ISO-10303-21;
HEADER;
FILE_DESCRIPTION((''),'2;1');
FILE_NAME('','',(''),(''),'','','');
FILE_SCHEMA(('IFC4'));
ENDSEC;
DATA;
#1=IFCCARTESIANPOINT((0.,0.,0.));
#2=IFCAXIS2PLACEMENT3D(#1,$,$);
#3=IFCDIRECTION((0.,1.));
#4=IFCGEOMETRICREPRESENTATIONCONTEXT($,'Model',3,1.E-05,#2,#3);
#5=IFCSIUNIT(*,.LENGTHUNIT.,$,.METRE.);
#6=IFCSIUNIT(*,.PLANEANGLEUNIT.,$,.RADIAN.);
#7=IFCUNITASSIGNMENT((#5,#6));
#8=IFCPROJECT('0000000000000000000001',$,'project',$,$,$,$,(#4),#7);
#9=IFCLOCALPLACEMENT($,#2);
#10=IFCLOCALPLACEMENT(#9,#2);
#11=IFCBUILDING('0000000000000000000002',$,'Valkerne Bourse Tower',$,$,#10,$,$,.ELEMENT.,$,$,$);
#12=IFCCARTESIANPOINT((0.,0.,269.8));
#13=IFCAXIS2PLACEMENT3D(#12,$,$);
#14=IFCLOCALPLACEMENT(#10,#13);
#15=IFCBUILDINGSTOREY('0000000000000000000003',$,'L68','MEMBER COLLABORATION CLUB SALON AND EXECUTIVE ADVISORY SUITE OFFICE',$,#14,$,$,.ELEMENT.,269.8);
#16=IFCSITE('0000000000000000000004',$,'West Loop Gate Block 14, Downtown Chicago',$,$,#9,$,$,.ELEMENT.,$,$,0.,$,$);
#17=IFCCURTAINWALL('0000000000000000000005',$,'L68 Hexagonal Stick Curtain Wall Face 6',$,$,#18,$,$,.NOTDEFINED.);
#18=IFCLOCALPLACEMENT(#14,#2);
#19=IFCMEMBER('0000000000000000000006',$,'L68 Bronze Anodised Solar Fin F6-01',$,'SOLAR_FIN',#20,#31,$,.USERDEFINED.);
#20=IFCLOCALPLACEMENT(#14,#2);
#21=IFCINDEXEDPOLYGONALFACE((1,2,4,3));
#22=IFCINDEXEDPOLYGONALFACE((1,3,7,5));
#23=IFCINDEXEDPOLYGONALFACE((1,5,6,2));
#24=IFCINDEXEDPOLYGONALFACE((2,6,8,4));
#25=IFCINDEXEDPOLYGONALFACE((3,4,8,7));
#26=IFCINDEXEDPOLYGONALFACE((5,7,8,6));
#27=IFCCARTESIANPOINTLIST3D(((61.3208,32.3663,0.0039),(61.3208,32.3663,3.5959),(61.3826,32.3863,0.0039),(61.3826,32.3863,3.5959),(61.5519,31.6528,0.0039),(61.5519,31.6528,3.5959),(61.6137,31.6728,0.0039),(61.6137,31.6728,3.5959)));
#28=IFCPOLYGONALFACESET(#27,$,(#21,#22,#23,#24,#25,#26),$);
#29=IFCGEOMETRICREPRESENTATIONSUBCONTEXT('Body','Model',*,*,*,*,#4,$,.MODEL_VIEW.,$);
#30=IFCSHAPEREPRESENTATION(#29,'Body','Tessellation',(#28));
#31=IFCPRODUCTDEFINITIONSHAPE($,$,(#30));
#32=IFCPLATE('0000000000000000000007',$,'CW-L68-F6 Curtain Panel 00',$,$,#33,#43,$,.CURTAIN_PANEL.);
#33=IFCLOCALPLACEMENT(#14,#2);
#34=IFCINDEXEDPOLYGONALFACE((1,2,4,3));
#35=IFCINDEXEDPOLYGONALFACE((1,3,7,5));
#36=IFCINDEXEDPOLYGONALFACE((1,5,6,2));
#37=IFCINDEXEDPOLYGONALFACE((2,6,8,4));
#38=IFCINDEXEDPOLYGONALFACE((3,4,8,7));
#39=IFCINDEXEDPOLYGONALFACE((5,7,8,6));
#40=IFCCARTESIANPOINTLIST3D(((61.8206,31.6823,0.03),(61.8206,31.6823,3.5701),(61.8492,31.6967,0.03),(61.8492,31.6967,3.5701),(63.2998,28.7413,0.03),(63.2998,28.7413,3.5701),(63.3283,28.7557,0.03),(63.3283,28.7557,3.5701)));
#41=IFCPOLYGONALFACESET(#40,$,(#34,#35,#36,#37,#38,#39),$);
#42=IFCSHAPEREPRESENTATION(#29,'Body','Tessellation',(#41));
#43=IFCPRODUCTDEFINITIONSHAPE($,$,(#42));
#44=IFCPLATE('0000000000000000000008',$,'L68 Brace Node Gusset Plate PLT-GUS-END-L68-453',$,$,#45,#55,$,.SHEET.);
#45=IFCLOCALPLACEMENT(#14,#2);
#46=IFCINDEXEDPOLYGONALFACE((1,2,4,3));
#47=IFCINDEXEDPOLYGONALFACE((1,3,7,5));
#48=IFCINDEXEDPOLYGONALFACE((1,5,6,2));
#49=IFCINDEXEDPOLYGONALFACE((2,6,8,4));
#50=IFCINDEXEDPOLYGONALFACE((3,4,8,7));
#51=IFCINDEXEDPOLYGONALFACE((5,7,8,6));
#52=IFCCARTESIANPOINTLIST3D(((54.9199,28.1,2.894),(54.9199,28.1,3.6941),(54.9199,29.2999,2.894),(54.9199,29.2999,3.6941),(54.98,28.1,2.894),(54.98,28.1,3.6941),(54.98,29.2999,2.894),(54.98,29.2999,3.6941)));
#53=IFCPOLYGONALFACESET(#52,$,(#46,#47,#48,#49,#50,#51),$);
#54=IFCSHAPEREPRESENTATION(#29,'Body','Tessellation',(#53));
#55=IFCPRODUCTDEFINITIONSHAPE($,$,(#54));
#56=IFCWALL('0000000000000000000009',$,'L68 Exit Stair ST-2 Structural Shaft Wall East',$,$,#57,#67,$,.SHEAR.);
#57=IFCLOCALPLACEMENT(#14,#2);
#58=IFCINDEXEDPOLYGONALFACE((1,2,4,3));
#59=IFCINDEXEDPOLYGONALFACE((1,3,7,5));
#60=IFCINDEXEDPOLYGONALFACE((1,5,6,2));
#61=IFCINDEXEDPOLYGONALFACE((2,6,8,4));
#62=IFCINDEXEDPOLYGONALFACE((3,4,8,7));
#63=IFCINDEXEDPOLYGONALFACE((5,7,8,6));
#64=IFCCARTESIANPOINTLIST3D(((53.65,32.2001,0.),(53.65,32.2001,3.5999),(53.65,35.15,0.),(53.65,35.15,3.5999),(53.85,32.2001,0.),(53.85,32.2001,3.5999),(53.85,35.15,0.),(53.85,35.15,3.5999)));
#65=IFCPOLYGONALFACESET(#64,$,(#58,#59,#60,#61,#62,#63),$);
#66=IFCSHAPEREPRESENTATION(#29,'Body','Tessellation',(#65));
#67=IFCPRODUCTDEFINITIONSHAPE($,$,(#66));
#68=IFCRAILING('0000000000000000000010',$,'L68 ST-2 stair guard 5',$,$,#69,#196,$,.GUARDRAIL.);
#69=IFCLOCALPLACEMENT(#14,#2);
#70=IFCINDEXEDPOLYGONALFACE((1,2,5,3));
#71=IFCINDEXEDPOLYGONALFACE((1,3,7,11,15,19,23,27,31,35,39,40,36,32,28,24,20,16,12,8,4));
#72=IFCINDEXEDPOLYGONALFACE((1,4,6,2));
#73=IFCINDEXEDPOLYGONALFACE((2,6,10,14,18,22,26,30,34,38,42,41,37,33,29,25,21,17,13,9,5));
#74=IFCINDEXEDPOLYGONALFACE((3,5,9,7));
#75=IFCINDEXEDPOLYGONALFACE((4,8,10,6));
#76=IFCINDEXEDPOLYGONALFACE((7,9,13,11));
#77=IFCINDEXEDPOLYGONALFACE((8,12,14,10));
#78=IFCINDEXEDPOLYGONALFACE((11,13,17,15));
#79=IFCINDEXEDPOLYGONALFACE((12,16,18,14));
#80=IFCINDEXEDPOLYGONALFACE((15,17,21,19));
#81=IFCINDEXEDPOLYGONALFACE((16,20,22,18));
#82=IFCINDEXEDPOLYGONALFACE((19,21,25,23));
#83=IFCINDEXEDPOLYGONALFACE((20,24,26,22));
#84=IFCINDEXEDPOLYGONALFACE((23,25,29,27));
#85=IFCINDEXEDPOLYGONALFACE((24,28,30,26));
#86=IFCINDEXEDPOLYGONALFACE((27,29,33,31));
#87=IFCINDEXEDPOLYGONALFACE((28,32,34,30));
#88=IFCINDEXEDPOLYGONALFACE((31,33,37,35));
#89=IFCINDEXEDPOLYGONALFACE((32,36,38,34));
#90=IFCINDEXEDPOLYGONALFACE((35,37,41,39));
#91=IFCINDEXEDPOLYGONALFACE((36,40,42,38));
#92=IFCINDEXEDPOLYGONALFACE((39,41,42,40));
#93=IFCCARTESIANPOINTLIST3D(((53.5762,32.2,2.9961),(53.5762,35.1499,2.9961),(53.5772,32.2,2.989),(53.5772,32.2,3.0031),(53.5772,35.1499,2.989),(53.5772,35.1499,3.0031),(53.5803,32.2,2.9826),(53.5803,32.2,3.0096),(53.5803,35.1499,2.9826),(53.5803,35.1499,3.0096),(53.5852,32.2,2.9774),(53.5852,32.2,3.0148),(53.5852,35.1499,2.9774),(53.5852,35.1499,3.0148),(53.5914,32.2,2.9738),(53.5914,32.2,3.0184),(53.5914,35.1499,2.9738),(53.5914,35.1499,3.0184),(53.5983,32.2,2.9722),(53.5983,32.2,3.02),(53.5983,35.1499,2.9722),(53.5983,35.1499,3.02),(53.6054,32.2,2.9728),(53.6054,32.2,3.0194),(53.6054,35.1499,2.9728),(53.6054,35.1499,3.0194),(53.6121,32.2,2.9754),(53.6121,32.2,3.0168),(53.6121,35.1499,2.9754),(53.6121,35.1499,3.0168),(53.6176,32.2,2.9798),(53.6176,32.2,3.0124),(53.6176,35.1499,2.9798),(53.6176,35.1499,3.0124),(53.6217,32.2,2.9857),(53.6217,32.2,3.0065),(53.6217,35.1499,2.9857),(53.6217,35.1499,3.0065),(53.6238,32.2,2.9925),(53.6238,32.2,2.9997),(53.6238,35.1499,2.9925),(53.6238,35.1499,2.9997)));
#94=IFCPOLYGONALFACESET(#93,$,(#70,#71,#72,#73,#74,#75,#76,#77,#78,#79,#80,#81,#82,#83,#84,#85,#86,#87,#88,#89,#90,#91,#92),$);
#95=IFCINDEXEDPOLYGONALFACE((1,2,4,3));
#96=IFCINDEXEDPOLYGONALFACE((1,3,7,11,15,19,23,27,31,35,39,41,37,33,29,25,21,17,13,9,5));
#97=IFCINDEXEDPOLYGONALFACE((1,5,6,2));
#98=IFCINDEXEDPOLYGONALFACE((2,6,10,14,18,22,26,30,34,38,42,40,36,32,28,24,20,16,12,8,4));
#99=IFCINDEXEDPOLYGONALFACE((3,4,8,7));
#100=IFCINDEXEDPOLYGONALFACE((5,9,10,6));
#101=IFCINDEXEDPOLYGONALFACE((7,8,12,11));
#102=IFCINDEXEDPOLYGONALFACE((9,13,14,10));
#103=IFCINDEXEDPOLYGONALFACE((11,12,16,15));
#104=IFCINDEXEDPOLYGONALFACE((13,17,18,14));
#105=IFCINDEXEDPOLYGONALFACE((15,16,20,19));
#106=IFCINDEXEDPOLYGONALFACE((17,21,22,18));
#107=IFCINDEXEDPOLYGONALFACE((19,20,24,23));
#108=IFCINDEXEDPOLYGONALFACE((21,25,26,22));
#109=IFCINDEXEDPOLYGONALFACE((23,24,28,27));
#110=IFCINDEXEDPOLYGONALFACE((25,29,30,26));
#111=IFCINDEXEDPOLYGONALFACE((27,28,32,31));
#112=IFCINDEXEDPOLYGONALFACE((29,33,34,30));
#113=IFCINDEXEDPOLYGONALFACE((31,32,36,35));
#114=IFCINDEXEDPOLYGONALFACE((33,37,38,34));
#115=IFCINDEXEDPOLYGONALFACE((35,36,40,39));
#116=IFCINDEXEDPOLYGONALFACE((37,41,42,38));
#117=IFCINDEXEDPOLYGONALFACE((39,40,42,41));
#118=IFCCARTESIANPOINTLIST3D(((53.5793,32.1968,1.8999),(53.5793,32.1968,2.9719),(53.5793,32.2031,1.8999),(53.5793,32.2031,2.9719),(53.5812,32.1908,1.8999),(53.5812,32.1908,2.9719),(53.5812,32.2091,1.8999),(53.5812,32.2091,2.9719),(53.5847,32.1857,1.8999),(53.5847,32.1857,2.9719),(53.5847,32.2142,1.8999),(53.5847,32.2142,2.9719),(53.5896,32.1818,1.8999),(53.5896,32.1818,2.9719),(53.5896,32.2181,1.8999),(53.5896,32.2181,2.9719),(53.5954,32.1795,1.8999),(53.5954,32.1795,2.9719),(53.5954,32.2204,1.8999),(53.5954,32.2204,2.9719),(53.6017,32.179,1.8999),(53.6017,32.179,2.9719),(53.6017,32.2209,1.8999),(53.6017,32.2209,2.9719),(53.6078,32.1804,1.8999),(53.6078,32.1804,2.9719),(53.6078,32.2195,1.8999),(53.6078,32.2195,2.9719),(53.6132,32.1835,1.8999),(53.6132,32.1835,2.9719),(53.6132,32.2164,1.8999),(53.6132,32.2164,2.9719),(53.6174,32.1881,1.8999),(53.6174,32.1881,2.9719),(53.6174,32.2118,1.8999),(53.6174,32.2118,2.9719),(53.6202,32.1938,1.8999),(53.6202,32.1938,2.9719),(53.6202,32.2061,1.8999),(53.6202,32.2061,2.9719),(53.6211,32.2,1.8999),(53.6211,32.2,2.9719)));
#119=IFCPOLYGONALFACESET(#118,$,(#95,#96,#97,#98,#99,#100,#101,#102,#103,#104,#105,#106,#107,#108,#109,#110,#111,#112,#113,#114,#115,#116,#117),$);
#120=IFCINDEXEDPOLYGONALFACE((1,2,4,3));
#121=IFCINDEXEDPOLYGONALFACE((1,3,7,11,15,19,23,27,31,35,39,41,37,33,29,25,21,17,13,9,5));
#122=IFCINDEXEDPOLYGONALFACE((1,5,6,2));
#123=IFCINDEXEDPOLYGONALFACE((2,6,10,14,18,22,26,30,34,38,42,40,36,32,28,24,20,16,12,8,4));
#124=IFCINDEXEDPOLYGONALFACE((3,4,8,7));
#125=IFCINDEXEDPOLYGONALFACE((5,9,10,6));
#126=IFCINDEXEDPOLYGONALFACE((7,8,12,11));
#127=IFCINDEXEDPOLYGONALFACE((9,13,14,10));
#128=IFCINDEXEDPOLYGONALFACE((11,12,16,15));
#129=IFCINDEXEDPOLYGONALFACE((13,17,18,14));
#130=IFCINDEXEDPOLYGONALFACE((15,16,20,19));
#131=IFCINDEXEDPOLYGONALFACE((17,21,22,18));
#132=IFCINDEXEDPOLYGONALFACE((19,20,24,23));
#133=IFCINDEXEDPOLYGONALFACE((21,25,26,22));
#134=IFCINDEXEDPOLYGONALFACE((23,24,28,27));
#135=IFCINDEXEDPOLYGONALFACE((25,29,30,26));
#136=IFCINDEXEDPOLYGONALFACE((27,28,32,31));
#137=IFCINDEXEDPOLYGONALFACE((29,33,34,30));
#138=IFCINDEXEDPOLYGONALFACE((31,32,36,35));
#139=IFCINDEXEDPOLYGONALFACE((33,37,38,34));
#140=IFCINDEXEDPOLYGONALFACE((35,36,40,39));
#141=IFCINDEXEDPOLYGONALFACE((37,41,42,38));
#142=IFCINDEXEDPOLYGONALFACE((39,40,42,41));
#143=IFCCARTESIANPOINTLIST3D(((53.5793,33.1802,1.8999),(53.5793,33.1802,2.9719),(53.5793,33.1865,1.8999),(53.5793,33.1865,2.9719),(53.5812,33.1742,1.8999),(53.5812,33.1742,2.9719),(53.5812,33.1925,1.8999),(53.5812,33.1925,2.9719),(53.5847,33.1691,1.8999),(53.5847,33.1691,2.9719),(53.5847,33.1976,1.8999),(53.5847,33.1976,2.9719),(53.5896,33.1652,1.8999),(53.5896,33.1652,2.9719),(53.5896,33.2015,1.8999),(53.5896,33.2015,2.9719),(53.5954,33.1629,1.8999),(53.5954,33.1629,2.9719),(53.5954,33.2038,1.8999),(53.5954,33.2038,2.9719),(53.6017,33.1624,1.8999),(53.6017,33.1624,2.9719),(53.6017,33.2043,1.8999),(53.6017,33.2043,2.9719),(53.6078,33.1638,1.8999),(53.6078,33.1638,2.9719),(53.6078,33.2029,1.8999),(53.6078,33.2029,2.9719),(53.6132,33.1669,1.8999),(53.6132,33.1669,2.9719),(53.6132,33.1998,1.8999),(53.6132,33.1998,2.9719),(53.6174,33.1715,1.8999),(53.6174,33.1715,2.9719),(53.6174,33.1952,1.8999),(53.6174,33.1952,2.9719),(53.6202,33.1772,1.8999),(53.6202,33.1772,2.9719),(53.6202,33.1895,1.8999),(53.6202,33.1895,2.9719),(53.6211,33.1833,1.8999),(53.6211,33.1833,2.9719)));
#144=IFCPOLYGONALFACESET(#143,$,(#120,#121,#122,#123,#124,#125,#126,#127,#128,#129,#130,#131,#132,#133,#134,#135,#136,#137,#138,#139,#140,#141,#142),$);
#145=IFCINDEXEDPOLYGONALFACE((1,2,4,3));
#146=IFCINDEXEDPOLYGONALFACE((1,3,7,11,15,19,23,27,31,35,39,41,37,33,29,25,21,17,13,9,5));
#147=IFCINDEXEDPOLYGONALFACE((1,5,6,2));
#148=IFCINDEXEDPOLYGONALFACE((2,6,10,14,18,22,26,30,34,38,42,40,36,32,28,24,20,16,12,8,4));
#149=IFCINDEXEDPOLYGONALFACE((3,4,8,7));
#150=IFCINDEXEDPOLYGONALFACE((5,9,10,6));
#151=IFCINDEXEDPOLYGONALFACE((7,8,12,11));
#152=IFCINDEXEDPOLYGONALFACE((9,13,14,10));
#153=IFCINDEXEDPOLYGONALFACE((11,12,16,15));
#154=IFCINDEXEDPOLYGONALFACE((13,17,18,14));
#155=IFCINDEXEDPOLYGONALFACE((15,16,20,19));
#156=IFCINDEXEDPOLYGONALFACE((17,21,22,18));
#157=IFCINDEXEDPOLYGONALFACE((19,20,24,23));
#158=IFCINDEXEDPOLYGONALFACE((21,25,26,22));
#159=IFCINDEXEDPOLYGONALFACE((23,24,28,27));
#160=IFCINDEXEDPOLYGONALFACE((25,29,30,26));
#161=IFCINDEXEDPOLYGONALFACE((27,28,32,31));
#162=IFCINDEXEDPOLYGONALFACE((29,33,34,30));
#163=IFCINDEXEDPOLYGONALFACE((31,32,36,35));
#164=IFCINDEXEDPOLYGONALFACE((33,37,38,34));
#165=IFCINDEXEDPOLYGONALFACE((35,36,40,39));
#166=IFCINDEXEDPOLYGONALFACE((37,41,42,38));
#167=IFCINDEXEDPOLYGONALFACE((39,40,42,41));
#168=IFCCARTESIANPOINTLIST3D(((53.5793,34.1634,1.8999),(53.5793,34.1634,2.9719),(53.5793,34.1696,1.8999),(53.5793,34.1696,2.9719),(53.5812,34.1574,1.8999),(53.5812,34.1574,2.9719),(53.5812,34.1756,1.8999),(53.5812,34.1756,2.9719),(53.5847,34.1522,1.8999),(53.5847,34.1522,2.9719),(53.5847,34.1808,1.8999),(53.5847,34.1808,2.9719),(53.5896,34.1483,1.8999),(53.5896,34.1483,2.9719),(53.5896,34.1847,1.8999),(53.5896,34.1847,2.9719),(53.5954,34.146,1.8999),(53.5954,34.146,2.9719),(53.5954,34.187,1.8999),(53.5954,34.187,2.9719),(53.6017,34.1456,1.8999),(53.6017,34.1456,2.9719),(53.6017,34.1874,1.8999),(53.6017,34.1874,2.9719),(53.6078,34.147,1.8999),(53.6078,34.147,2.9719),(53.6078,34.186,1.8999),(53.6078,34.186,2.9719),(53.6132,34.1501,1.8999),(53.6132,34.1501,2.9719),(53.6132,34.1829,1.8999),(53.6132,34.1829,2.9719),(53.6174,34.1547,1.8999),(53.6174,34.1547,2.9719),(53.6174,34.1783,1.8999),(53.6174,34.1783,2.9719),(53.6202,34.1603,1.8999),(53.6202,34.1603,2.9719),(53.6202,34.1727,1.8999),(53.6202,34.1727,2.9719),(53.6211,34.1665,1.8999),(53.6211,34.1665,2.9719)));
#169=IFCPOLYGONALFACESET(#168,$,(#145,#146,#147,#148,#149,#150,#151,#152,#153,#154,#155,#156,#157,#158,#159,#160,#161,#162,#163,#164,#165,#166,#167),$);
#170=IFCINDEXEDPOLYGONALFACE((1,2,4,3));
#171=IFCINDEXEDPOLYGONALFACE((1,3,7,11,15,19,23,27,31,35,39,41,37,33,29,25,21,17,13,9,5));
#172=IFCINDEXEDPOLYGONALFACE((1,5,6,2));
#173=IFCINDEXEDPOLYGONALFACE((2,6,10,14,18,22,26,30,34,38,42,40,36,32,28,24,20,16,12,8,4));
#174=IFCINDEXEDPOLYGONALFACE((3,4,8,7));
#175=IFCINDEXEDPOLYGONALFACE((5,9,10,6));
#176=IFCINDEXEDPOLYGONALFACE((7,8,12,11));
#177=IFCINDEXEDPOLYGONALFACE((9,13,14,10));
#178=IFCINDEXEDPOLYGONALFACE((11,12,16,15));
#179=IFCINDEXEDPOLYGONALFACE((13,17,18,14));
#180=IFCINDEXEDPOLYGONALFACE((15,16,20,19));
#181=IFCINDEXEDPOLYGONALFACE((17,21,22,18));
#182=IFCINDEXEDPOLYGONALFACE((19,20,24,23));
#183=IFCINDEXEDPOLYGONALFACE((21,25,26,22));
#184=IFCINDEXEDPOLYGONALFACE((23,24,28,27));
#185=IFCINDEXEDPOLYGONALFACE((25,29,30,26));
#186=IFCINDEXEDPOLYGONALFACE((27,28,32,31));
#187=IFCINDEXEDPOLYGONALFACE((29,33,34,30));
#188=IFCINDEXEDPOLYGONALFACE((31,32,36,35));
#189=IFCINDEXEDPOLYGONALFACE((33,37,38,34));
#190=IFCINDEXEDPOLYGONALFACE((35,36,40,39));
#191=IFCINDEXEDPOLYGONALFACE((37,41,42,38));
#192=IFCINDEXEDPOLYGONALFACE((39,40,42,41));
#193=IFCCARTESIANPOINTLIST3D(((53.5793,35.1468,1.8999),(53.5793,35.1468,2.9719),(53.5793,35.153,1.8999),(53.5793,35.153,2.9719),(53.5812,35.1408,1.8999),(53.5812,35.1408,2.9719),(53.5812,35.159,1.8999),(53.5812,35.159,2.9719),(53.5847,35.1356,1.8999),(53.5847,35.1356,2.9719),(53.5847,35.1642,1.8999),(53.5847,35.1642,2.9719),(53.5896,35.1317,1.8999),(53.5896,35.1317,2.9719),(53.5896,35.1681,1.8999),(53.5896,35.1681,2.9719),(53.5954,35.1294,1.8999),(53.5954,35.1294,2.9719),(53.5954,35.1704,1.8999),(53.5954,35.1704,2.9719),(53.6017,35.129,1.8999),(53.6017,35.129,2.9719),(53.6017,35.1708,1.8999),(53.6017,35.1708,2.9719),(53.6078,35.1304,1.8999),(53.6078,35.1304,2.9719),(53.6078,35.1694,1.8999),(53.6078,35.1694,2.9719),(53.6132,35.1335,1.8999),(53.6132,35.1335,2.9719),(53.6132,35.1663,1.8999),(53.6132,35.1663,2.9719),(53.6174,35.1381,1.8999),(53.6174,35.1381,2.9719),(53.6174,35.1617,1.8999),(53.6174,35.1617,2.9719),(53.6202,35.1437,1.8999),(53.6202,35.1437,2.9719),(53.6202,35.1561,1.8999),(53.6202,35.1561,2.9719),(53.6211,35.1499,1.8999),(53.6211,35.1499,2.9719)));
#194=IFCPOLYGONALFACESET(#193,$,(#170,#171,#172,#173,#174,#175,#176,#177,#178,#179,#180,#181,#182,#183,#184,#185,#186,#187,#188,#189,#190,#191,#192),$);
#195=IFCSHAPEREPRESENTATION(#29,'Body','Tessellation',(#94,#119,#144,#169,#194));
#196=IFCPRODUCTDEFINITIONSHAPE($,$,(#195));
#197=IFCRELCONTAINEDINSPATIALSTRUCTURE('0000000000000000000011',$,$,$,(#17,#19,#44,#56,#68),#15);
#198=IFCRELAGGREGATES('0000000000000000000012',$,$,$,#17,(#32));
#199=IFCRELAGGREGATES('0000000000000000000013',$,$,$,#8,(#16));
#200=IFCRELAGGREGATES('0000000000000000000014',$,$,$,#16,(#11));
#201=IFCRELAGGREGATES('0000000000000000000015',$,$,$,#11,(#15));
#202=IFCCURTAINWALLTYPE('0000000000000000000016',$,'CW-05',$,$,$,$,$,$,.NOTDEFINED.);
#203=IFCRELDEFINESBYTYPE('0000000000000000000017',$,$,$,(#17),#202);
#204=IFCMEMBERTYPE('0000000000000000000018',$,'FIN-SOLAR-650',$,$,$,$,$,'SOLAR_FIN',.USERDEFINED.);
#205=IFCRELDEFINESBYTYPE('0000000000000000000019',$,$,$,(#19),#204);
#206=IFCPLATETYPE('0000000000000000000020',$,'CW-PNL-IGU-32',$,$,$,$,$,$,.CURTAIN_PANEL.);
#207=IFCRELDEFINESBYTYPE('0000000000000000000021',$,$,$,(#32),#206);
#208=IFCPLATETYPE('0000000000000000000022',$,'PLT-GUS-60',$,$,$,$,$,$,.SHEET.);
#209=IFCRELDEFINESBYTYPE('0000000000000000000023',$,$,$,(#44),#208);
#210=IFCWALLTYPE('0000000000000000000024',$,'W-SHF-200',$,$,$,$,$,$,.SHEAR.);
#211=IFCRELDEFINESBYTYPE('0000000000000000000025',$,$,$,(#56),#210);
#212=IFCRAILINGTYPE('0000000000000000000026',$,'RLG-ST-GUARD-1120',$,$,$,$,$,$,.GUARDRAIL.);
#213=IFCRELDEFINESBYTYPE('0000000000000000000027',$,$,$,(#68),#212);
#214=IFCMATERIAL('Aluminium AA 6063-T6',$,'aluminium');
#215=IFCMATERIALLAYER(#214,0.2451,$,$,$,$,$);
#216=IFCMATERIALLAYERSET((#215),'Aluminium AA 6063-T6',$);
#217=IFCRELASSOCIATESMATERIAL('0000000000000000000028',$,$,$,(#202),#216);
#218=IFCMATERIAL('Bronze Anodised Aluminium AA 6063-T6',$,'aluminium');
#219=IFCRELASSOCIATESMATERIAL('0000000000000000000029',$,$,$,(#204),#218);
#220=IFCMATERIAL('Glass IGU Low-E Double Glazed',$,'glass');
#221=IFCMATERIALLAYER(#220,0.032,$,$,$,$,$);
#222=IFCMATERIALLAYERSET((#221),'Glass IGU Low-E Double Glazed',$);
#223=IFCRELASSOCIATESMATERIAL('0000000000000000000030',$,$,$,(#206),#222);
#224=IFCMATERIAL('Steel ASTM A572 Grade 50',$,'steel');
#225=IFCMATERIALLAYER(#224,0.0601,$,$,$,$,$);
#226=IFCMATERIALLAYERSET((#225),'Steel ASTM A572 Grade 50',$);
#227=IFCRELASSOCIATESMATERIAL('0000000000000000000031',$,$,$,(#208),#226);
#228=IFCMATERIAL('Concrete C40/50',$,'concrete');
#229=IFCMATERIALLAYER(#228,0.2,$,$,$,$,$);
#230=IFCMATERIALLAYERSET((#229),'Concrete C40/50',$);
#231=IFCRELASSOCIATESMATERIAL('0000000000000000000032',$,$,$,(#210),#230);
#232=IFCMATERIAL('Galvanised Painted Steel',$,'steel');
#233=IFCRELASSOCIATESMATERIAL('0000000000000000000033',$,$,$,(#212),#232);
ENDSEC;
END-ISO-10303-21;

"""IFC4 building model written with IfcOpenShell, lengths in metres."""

from ifc_helpers import new_model, si_unit, direction, frame, frame_2d, origin, origin_2d, place, context, subcontext, project, spatial, rectangle, circle, extrude, material, layer, layer_set, material_profile, profile_set, type_object, element, aggregate, save


model = new_model("IFC4")

# Units and contexts
model_context = context("Model", 3, precision=1e-05, world=origin(), true_north=direction((0.0, 1.0)))
body_context = subcontext(model_context, "Body", "Model", "MODEL_VIEW")
ifc_project = project(units=[si_unit("LENGTHUNIT", "METRE"), si_unit("PLANEANGLEUNIT", "RADIAN")], contexts=[model_context])

# Site, building, storey
site_placement = place(None, origin())
site = spatial("IfcSite", under=ifc_project, at=site_placement, Name="West Loop Gate Block 14, Downtown Chicago", CompositionType="ELEMENT", RefElevation=0.0)
building_placement = place(site_placement, origin())
building = spatial("IfcBuilding", under=site, at=building_placement, Name="Valkerne Bourse Tower", CompositionType="ELEMENT")
storey_placement = place(building_placement, frame((0.0, 0.0, 269.8)))
storey = spatial("IfcBuildingStorey", under=building, at=storey_placement, Name="L68", Description="MEMBER COLLABORATION CLUB SALON AND EXECUTIVE ADVISORY SUITE OFFICE", CompositionType="ELEMENT", Elevation=269.8)

# Curtain wall
ifc_material_1 = material(Name="Aluminium AA 6063-T6", Category="aluminium")
ifc_layer_1 = layer(ifc_material_1, 0.2451)
ifc_layer_set_1 = layer_set([ifc_layer_1], Name="Aluminium AA 6063-T6")
curtain_wall_type = type_object("IfcCurtainWallType", Name="CW-05", PredefinedType="NOTDEFINED", material=ifc_layer_set_1)
curtain_wall_placement = place(storey_placement, origin())
curtain_wall = element("IfcCurtainWall", 1, at=curtain_wall_placement, inside=storey, type_object=curtain_wall_type, Name="L68 Hexagonal Stick Curtain Wall Face 6", PredefinedType="NOTDEFINED")

# Member
ifc_material_2 = material(Name="Bronze Anodised Aluminium AA 6063-T6", Category="aluminium")
ifc_material_profile_1 = material_profile(ifc_material_2, rectangle(XDim=0.0649, YDim=0.75, at=origin_2d()), Name="FIN-65X750")
ifc_profile_set_1 = profile_set([ifc_material_profile_1], Name="Bronze Anodised Aluminium AA 6063-T6")
member_type_1 = type_object("IfcMemberType", Name="FIN-SOLAR-650", ElementType="SOLAR_FIN", PredefinedType="USERDEFINED", material=ifc_profile_set_1)
member_1_placement = place(storey_placement, frame((61.4673, 32.0195, 0.0039), z_axis=(0.0, 0.0, 1.0), x_axis=(0.951346, 0.308124, 0.0)))
element("IfcMember", 2, at=member_1_placement, inside=storey, type_object=member_type_1, Name="L68 Bronze Anodised Solar Fin F6-01", ObjectType="SOLAR_FIN", PredefinedType="USERDEFINED", context=body_context, shape_type="SweptSolid", body=[
    extrude(rectangle(XDim=0.0649, YDim=0.75, at=origin_2d()), origin(), (0.0, 0.0, 1.0), 3.592),
])

# Plates
ifc_material_3 = material(Name="Glass IGU Low-E Double Glazed", Category="glass")
ifc_layer_2 = layer(ifc_material_3, 0.032)
ifc_layer_set_2 = layer_set([ifc_layer_2], Name="Glass IGU Low-E Double Glazed")
plate_type_1 = type_object("IfcPlateType", Name="CW-PNL-IGU-32", PredefinedType="CURTAIN_PANEL", material=ifc_layer_set_2)
plate_1_placement = place(storey_placement, frame((62.5745, 30.219, 0.03), z_axis=(0.0, 0.0, 1.0), x_axis=(-0.449321, 0.893371, 0.0)))
plate_1 = element("IfcPlate", 3, at=plate_1_placement, type_object=plate_type_1, Name="CW-L68-F6 Curtain Panel 00", PredefinedType="CURTAIN_PANEL", context=body_context, shape_type="SweptSolid", body=[
    extrude(rectangle(XDim=3.292, YDim=0.032, at=origin_2d()), origin(), (0.0, 0.0, 1.0), 3.54),
])
aggregate(curtain_wall, [plate_1])
ifc_material_4 = material(Name="Steel ASTM A572 Grade 50", Category="steel")
ifc_layer_3 = layer(ifc_material_4, 0.0601)
ifc_layer_set_3 = layer_set([ifc_layer_3], Name="Steel ASTM A572 Grade 50")
plate_type_2 = type_object("IfcPlateType", Name="PLT-GUS-60", PredefinedType="SHEET", material=ifc_layer_set_3)
plate_2_placement = place(storey_placement, frame((54.95, 28.7, 2.894), z_axis=(0.0, 0.0, 1.0), x_axis=(0.0, 1.0, 0.0)))
element("IfcPlate", 4, at=plate_2_placement, inside=storey, type_object=plate_type_2, Name="L68 Brace Node Gusset Plate PLT-GUS-END-L68-453", PredefinedType="SHEET", context=body_context, shape_type="SweptSolid", body=[
    extrude(rectangle(XDim=1.2, YDim=0.0601, at=origin_2d()), origin(), (0.0, 0.0, 1.0), 0.8),
])

# Wall
ifc_material_5 = material(Name="Concrete C40/50", Category="concrete")
ifc_layer_4 = layer(ifc_material_5, 0.2)
ifc_layer_set_4 = layer_set([ifc_layer_4], Name="Concrete C40/50")
wall_type_1 = type_object("IfcWallType", Name="W-SHF-200", PredefinedType="SHEAR", material=ifc_layer_set_4)
wall_1_placement = place(storey_placement, frame((53.75, 32.2, 0.0), z_axis=(0.0, 0.0, 1.0), x_axis=(0.0, 1.0, 0.0)))
element("IfcWall", 5, at=wall_1_placement, inside=storey, type_object=wall_type_1, Name="L68 Exit Stair ST-2 Structural Shaft Wall East", PredefinedType="SHEAR", context=body_context, shape_type="SweptSolid", body=[
    extrude(rectangle(XDim=2.95, YDim=0.2, at=frame_2d((1.4751, 0.0))), origin(), (0.0, 0.0, 1.0), 3.5999),
])

# Railing
ifc_material_6 = material(Name="Galvanised Painted Steel", Category="steel")
railing_type = type_object("IfcRailingType", Name="RLG-ST-GUARD-1120", PredefinedType="GUARDRAIL", material=ifc_material_6)
railing_1_placement = place(storey_placement, frame((53.6001, 32.2, 1.8999)))
element("IfcRailing", 6, at=railing_1_placement, inside=storey, type_object=railing_type, Name="L68 ST-2 stair guard 5", PredefinedType="GUARDRAIL", context=body_context, shape_type="SweptSolid", body=[
    extrude(circle(Radius=0.0239, at=origin_2d()), frame((0.0, 0.0, 1.0962), z_axis=(0.0, 1.0, 0.0), x_axis=(-1.0, 0.0, 0.0)), (0.0, 0.0, 1.0), 2.95),
    extrude(circle(Radius=0.021, at=origin_2d()), origin(), (0.0, 0.0, 1.0), 1.072),
    extrude(circle(Radius=0.021, at=origin_2d()), frame((0.0, 0.9834, 0.0)), (0.0, 0.0, 1.0), 1.072),
    extrude(circle(Radius=0.021, at=origin_2d()), frame((0.0, 1.9666, 0.0)), (0.0, 0.0, 1.0), 1.072),
    extrude(circle(Radius=0.021, at=origin_2d()), frame((0.0, 2.95, 0.0)), (0.0, 0.0, 1.0), 1.072),
])

save(model, "model.ifc")
